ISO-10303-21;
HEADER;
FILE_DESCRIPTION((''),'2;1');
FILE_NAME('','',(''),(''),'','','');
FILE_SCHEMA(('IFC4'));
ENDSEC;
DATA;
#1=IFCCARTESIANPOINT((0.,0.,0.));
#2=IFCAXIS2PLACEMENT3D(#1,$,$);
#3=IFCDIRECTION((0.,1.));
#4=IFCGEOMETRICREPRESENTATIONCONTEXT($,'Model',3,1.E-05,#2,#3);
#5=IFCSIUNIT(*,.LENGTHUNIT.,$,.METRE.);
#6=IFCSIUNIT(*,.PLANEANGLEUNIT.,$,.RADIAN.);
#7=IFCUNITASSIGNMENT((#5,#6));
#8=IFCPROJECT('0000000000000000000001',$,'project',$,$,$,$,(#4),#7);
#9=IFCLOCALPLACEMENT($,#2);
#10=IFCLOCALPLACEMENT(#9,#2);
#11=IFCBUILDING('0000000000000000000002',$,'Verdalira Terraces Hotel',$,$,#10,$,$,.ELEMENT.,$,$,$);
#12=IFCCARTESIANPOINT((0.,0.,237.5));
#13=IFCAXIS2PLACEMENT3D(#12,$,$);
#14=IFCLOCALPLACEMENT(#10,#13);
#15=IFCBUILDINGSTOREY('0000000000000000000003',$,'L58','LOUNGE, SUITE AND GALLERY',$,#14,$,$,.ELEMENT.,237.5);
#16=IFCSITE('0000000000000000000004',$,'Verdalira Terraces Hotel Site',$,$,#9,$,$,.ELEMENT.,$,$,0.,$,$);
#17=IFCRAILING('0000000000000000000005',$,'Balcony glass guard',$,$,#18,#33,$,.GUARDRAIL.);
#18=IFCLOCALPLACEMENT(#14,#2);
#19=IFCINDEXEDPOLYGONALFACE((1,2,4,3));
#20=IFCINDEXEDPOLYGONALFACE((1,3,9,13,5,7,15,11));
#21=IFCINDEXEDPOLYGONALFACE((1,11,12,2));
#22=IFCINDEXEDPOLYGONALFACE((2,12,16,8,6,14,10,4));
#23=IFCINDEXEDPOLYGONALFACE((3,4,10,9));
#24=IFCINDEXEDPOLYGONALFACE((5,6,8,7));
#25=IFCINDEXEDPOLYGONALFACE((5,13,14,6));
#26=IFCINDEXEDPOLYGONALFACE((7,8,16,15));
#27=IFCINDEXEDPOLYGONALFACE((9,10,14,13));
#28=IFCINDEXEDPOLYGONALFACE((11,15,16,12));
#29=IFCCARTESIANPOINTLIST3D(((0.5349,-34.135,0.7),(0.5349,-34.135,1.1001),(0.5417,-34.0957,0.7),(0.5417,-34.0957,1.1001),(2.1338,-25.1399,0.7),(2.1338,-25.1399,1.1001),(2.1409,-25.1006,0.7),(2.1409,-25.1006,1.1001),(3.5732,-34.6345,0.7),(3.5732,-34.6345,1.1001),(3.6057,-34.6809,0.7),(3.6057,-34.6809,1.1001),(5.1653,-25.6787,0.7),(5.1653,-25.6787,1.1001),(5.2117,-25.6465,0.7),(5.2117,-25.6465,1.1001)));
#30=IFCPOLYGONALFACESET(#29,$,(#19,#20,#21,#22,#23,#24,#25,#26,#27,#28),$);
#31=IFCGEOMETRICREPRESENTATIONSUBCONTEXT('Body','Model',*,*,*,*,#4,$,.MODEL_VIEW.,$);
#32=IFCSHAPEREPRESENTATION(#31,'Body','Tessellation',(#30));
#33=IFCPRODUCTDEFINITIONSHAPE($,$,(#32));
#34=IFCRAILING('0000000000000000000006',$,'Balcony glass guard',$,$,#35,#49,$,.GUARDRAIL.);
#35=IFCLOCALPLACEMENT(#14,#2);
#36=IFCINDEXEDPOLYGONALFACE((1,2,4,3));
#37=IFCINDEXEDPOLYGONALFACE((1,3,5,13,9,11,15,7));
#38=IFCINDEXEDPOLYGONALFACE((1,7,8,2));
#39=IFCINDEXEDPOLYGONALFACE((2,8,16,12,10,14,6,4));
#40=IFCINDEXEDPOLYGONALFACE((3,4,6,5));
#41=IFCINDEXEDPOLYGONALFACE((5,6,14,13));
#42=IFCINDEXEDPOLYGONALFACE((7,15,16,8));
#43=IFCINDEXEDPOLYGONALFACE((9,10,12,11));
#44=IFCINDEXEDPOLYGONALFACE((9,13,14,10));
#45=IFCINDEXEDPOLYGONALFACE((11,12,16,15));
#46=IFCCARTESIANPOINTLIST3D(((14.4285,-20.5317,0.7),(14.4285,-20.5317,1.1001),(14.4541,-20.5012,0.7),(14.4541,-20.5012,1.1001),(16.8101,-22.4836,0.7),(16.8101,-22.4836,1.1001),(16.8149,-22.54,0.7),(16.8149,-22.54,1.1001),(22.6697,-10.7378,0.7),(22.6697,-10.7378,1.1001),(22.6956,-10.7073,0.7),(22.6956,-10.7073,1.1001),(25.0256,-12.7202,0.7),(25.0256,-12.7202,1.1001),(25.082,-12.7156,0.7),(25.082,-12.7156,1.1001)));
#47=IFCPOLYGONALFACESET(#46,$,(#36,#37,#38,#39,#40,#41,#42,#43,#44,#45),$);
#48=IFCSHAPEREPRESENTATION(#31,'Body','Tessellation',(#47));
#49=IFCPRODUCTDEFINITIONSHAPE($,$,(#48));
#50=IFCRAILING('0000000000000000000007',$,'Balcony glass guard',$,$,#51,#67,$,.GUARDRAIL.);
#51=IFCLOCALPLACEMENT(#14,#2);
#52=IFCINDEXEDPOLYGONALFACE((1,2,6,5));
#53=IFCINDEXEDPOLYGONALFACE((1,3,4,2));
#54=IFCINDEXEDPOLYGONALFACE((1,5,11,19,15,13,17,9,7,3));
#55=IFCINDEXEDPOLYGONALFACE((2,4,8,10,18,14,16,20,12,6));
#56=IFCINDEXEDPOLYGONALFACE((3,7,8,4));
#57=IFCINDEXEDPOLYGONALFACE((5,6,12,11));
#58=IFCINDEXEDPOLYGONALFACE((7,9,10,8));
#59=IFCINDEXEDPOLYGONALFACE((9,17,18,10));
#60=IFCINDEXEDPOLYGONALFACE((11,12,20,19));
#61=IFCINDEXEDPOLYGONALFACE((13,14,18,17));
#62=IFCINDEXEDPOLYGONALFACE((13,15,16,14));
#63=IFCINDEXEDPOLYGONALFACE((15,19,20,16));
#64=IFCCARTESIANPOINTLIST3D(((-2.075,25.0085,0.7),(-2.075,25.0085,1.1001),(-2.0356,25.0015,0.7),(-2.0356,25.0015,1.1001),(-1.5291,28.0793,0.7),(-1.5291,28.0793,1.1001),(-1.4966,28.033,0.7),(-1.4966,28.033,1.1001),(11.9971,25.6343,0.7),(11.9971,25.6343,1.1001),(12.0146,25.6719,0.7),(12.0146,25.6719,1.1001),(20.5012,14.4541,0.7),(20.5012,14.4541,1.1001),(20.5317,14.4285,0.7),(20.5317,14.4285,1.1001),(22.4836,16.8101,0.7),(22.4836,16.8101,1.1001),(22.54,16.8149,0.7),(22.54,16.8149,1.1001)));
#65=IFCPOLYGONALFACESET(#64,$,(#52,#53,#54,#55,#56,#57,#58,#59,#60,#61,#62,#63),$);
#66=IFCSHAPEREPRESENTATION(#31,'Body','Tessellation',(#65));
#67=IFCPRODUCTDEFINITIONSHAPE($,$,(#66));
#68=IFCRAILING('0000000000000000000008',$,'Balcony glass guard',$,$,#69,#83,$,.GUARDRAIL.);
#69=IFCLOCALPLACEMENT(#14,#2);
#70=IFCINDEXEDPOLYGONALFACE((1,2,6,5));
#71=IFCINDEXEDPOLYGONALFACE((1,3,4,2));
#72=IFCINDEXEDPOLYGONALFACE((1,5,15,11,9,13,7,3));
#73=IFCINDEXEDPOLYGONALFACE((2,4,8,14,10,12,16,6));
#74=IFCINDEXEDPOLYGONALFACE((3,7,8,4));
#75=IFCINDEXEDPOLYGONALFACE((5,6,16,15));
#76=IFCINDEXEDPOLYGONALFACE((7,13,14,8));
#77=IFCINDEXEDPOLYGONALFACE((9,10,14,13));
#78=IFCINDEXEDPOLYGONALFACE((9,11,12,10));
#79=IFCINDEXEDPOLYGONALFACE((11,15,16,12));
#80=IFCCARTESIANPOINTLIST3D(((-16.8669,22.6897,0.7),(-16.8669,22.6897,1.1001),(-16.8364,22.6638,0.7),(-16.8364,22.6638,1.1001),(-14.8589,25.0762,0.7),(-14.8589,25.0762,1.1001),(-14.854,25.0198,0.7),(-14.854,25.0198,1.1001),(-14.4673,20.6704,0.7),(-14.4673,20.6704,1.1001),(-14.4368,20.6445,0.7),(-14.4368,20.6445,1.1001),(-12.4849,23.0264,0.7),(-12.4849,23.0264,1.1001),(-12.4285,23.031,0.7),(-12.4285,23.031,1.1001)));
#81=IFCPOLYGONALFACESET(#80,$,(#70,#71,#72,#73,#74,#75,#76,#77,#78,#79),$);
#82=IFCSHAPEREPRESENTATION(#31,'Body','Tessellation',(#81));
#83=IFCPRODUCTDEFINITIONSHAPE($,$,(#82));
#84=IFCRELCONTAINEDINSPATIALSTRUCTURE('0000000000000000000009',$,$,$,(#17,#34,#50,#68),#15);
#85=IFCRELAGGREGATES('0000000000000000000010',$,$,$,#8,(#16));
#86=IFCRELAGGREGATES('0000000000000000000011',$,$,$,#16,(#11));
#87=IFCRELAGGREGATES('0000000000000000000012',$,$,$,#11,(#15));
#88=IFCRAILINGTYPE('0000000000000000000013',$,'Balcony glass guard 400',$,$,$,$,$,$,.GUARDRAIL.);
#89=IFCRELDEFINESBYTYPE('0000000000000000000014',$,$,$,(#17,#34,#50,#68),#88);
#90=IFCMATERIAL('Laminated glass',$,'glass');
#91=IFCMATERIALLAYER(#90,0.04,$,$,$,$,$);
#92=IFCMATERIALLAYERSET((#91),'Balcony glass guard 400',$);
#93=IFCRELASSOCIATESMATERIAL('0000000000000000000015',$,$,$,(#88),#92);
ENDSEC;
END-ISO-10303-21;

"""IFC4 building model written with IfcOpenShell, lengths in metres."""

from ifc_helpers import new_model, si_unit, direction, frame, origin, place, context, subcontext, project, spatial, polyline, outline, extrude, material, layer, layer_set, type_object, element, save


model = new_model("IFC4")

# Units and contexts
model_context = context("Model", 3, precision=1e-05, world=origin(), true_north=direction((0.0, 1.0)))
body_context = subcontext(model_context, "Body", "Model", "MODEL_VIEW")
ifc_project = project(units=[si_unit("LENGTHUNIT", "METRE"), si_unit("PLANEANGLEUNIT", "RADIAN")], contexts=[model_context])

# Site, building, storey
site_placement = place(None, origin())
site = spatial("IfcSite", under=ifc_project, at=site_placement, Name="Verdalira Terraces Hotel Site", CompositionType="ELEMENT", RefElevation=0.0)
building_placement = place(site_placement, origin())
building = spatial("IfcBuilding", under=site, at=building_placement, Name="Verdalira Terraces Hotel", CompositionType="ELEMENT")
storey_placement = place(building_placement, frame((0.0, 0.0, 237.5)))
storey = spatial("IfcBuildingStorey", under=building, at=storey_placement, Name="L58", Description="LOUNGE, SUITE AND GALLERY", CompositionType="ELEMENT", Elevation=237.5)

# Railings
ifc_material_1 = material(Name="Laminated glass", Category="glass")
ifc_layer_1 = layer(ifc_material_1, 0.04)
ifc_layer_set_1 = layer_set([ifc_layer_1], Name="Balcony glass guard 400")
railing_type = type_object("IfcRailingType", Name="Balcony glass guard 400", PredefinedType="GUARDRAIL", material=ifc_layer_set_1)
railing_1_placement = place(storey_placement, frame((0.0, 0.0, 0.7)))
element("IfcRailing", 1, at=railing_1_placement, inside=storey, type_object=railing_type, Name="Balcony glass guard", PredefinedType="GUARDRAIL", context=body_context, shape_type="SweptSolid", body=[
    extrude(outline(polyline([(3.5732, -34.6345), (5.1653, -25.6787), (2.1338, -25.1399), (2.1409, -25.1006), (5.2117, -25.6465), (3.6057, -34.6809), (0.5349, -34.135), (0.5417, -34.0957), (3.5732, -34.6345)])), origin(), (0.0, 0.0, 1.0), 0.4001),
])
railing_2_placement = place(storey_placement, frame((0.0, 0.0, 0.7)))
element("IfcRailing", 2, at=railing_2_placement, inside=storey, type_object=railing_type, Name="Balcony glass guard", PredefinedType="GUARDRAIL", context=body_context, shape_type="SweptSolid", body=[
    extrude(outline(polyline([(16.8101, -22.4836), (25.0256, -12.7202), (22.6697, -10.7378), (22.6956, -10.7073), (25.082, -12.7156), (16.8149, -22.54), (14.4285, -20.5317), (14.4541, -20.5012), (16.8101, -22.4836)])), origin(), (0.0, 0.0, 1.0), 0.4001),
])
railing_3_placement = place(storey_placement, frame((0.0, 0.0, 0.7)))
element("IfcRailing", 3, at=railing_3_placement, inside=storey, type_object=railing_type, Name="Balcony glass guard", PredefinedType="GUARDRAIL", context=body_context, shape_type="SweptSolid", body=[
    extrude(outline(polyline([(22.4836, 16.8101), (11.9971, 25.6343), (-1.4966, 28.033), (-2.0356, 25.0015), (-2.075, 25.0085), (-1.5291, 28.0793), (12.0146, 25.6719), (22.54, 16.8149), (20.5317, 14.4285), (20.5012, 14.4541), (22.4836, 16.8101)])), origin(), (0.0, 0.0, 1.0), 0.4001),
])
railing_4_placement = place(storey_placement, frame((0.0, 0.0, 0.7)))
element("IfcRailing", 4, at=railing_4_placement, inside=storey, type_object=railing_type, Name="Balcony glass guard", PredefinedType="GUARDRAIL", context=body_context, shape_type="SweptSolid", body=[
    extrude(outline(polyline([(-12.4849, 23.0264), (-14.854, 25.0198), (-16.8364, 22.6638), (-16.8669, 22.6897), (-14.8589, 25.0762), (-12.4285, 23.031), (-14.4368, 20.6445), (-14.4673, 20.6704), (-12.4849, 23.0264)])), origin(), (0.0, 0.0, 1.0), 0.4001),
])

save(model, "model.ifc")
